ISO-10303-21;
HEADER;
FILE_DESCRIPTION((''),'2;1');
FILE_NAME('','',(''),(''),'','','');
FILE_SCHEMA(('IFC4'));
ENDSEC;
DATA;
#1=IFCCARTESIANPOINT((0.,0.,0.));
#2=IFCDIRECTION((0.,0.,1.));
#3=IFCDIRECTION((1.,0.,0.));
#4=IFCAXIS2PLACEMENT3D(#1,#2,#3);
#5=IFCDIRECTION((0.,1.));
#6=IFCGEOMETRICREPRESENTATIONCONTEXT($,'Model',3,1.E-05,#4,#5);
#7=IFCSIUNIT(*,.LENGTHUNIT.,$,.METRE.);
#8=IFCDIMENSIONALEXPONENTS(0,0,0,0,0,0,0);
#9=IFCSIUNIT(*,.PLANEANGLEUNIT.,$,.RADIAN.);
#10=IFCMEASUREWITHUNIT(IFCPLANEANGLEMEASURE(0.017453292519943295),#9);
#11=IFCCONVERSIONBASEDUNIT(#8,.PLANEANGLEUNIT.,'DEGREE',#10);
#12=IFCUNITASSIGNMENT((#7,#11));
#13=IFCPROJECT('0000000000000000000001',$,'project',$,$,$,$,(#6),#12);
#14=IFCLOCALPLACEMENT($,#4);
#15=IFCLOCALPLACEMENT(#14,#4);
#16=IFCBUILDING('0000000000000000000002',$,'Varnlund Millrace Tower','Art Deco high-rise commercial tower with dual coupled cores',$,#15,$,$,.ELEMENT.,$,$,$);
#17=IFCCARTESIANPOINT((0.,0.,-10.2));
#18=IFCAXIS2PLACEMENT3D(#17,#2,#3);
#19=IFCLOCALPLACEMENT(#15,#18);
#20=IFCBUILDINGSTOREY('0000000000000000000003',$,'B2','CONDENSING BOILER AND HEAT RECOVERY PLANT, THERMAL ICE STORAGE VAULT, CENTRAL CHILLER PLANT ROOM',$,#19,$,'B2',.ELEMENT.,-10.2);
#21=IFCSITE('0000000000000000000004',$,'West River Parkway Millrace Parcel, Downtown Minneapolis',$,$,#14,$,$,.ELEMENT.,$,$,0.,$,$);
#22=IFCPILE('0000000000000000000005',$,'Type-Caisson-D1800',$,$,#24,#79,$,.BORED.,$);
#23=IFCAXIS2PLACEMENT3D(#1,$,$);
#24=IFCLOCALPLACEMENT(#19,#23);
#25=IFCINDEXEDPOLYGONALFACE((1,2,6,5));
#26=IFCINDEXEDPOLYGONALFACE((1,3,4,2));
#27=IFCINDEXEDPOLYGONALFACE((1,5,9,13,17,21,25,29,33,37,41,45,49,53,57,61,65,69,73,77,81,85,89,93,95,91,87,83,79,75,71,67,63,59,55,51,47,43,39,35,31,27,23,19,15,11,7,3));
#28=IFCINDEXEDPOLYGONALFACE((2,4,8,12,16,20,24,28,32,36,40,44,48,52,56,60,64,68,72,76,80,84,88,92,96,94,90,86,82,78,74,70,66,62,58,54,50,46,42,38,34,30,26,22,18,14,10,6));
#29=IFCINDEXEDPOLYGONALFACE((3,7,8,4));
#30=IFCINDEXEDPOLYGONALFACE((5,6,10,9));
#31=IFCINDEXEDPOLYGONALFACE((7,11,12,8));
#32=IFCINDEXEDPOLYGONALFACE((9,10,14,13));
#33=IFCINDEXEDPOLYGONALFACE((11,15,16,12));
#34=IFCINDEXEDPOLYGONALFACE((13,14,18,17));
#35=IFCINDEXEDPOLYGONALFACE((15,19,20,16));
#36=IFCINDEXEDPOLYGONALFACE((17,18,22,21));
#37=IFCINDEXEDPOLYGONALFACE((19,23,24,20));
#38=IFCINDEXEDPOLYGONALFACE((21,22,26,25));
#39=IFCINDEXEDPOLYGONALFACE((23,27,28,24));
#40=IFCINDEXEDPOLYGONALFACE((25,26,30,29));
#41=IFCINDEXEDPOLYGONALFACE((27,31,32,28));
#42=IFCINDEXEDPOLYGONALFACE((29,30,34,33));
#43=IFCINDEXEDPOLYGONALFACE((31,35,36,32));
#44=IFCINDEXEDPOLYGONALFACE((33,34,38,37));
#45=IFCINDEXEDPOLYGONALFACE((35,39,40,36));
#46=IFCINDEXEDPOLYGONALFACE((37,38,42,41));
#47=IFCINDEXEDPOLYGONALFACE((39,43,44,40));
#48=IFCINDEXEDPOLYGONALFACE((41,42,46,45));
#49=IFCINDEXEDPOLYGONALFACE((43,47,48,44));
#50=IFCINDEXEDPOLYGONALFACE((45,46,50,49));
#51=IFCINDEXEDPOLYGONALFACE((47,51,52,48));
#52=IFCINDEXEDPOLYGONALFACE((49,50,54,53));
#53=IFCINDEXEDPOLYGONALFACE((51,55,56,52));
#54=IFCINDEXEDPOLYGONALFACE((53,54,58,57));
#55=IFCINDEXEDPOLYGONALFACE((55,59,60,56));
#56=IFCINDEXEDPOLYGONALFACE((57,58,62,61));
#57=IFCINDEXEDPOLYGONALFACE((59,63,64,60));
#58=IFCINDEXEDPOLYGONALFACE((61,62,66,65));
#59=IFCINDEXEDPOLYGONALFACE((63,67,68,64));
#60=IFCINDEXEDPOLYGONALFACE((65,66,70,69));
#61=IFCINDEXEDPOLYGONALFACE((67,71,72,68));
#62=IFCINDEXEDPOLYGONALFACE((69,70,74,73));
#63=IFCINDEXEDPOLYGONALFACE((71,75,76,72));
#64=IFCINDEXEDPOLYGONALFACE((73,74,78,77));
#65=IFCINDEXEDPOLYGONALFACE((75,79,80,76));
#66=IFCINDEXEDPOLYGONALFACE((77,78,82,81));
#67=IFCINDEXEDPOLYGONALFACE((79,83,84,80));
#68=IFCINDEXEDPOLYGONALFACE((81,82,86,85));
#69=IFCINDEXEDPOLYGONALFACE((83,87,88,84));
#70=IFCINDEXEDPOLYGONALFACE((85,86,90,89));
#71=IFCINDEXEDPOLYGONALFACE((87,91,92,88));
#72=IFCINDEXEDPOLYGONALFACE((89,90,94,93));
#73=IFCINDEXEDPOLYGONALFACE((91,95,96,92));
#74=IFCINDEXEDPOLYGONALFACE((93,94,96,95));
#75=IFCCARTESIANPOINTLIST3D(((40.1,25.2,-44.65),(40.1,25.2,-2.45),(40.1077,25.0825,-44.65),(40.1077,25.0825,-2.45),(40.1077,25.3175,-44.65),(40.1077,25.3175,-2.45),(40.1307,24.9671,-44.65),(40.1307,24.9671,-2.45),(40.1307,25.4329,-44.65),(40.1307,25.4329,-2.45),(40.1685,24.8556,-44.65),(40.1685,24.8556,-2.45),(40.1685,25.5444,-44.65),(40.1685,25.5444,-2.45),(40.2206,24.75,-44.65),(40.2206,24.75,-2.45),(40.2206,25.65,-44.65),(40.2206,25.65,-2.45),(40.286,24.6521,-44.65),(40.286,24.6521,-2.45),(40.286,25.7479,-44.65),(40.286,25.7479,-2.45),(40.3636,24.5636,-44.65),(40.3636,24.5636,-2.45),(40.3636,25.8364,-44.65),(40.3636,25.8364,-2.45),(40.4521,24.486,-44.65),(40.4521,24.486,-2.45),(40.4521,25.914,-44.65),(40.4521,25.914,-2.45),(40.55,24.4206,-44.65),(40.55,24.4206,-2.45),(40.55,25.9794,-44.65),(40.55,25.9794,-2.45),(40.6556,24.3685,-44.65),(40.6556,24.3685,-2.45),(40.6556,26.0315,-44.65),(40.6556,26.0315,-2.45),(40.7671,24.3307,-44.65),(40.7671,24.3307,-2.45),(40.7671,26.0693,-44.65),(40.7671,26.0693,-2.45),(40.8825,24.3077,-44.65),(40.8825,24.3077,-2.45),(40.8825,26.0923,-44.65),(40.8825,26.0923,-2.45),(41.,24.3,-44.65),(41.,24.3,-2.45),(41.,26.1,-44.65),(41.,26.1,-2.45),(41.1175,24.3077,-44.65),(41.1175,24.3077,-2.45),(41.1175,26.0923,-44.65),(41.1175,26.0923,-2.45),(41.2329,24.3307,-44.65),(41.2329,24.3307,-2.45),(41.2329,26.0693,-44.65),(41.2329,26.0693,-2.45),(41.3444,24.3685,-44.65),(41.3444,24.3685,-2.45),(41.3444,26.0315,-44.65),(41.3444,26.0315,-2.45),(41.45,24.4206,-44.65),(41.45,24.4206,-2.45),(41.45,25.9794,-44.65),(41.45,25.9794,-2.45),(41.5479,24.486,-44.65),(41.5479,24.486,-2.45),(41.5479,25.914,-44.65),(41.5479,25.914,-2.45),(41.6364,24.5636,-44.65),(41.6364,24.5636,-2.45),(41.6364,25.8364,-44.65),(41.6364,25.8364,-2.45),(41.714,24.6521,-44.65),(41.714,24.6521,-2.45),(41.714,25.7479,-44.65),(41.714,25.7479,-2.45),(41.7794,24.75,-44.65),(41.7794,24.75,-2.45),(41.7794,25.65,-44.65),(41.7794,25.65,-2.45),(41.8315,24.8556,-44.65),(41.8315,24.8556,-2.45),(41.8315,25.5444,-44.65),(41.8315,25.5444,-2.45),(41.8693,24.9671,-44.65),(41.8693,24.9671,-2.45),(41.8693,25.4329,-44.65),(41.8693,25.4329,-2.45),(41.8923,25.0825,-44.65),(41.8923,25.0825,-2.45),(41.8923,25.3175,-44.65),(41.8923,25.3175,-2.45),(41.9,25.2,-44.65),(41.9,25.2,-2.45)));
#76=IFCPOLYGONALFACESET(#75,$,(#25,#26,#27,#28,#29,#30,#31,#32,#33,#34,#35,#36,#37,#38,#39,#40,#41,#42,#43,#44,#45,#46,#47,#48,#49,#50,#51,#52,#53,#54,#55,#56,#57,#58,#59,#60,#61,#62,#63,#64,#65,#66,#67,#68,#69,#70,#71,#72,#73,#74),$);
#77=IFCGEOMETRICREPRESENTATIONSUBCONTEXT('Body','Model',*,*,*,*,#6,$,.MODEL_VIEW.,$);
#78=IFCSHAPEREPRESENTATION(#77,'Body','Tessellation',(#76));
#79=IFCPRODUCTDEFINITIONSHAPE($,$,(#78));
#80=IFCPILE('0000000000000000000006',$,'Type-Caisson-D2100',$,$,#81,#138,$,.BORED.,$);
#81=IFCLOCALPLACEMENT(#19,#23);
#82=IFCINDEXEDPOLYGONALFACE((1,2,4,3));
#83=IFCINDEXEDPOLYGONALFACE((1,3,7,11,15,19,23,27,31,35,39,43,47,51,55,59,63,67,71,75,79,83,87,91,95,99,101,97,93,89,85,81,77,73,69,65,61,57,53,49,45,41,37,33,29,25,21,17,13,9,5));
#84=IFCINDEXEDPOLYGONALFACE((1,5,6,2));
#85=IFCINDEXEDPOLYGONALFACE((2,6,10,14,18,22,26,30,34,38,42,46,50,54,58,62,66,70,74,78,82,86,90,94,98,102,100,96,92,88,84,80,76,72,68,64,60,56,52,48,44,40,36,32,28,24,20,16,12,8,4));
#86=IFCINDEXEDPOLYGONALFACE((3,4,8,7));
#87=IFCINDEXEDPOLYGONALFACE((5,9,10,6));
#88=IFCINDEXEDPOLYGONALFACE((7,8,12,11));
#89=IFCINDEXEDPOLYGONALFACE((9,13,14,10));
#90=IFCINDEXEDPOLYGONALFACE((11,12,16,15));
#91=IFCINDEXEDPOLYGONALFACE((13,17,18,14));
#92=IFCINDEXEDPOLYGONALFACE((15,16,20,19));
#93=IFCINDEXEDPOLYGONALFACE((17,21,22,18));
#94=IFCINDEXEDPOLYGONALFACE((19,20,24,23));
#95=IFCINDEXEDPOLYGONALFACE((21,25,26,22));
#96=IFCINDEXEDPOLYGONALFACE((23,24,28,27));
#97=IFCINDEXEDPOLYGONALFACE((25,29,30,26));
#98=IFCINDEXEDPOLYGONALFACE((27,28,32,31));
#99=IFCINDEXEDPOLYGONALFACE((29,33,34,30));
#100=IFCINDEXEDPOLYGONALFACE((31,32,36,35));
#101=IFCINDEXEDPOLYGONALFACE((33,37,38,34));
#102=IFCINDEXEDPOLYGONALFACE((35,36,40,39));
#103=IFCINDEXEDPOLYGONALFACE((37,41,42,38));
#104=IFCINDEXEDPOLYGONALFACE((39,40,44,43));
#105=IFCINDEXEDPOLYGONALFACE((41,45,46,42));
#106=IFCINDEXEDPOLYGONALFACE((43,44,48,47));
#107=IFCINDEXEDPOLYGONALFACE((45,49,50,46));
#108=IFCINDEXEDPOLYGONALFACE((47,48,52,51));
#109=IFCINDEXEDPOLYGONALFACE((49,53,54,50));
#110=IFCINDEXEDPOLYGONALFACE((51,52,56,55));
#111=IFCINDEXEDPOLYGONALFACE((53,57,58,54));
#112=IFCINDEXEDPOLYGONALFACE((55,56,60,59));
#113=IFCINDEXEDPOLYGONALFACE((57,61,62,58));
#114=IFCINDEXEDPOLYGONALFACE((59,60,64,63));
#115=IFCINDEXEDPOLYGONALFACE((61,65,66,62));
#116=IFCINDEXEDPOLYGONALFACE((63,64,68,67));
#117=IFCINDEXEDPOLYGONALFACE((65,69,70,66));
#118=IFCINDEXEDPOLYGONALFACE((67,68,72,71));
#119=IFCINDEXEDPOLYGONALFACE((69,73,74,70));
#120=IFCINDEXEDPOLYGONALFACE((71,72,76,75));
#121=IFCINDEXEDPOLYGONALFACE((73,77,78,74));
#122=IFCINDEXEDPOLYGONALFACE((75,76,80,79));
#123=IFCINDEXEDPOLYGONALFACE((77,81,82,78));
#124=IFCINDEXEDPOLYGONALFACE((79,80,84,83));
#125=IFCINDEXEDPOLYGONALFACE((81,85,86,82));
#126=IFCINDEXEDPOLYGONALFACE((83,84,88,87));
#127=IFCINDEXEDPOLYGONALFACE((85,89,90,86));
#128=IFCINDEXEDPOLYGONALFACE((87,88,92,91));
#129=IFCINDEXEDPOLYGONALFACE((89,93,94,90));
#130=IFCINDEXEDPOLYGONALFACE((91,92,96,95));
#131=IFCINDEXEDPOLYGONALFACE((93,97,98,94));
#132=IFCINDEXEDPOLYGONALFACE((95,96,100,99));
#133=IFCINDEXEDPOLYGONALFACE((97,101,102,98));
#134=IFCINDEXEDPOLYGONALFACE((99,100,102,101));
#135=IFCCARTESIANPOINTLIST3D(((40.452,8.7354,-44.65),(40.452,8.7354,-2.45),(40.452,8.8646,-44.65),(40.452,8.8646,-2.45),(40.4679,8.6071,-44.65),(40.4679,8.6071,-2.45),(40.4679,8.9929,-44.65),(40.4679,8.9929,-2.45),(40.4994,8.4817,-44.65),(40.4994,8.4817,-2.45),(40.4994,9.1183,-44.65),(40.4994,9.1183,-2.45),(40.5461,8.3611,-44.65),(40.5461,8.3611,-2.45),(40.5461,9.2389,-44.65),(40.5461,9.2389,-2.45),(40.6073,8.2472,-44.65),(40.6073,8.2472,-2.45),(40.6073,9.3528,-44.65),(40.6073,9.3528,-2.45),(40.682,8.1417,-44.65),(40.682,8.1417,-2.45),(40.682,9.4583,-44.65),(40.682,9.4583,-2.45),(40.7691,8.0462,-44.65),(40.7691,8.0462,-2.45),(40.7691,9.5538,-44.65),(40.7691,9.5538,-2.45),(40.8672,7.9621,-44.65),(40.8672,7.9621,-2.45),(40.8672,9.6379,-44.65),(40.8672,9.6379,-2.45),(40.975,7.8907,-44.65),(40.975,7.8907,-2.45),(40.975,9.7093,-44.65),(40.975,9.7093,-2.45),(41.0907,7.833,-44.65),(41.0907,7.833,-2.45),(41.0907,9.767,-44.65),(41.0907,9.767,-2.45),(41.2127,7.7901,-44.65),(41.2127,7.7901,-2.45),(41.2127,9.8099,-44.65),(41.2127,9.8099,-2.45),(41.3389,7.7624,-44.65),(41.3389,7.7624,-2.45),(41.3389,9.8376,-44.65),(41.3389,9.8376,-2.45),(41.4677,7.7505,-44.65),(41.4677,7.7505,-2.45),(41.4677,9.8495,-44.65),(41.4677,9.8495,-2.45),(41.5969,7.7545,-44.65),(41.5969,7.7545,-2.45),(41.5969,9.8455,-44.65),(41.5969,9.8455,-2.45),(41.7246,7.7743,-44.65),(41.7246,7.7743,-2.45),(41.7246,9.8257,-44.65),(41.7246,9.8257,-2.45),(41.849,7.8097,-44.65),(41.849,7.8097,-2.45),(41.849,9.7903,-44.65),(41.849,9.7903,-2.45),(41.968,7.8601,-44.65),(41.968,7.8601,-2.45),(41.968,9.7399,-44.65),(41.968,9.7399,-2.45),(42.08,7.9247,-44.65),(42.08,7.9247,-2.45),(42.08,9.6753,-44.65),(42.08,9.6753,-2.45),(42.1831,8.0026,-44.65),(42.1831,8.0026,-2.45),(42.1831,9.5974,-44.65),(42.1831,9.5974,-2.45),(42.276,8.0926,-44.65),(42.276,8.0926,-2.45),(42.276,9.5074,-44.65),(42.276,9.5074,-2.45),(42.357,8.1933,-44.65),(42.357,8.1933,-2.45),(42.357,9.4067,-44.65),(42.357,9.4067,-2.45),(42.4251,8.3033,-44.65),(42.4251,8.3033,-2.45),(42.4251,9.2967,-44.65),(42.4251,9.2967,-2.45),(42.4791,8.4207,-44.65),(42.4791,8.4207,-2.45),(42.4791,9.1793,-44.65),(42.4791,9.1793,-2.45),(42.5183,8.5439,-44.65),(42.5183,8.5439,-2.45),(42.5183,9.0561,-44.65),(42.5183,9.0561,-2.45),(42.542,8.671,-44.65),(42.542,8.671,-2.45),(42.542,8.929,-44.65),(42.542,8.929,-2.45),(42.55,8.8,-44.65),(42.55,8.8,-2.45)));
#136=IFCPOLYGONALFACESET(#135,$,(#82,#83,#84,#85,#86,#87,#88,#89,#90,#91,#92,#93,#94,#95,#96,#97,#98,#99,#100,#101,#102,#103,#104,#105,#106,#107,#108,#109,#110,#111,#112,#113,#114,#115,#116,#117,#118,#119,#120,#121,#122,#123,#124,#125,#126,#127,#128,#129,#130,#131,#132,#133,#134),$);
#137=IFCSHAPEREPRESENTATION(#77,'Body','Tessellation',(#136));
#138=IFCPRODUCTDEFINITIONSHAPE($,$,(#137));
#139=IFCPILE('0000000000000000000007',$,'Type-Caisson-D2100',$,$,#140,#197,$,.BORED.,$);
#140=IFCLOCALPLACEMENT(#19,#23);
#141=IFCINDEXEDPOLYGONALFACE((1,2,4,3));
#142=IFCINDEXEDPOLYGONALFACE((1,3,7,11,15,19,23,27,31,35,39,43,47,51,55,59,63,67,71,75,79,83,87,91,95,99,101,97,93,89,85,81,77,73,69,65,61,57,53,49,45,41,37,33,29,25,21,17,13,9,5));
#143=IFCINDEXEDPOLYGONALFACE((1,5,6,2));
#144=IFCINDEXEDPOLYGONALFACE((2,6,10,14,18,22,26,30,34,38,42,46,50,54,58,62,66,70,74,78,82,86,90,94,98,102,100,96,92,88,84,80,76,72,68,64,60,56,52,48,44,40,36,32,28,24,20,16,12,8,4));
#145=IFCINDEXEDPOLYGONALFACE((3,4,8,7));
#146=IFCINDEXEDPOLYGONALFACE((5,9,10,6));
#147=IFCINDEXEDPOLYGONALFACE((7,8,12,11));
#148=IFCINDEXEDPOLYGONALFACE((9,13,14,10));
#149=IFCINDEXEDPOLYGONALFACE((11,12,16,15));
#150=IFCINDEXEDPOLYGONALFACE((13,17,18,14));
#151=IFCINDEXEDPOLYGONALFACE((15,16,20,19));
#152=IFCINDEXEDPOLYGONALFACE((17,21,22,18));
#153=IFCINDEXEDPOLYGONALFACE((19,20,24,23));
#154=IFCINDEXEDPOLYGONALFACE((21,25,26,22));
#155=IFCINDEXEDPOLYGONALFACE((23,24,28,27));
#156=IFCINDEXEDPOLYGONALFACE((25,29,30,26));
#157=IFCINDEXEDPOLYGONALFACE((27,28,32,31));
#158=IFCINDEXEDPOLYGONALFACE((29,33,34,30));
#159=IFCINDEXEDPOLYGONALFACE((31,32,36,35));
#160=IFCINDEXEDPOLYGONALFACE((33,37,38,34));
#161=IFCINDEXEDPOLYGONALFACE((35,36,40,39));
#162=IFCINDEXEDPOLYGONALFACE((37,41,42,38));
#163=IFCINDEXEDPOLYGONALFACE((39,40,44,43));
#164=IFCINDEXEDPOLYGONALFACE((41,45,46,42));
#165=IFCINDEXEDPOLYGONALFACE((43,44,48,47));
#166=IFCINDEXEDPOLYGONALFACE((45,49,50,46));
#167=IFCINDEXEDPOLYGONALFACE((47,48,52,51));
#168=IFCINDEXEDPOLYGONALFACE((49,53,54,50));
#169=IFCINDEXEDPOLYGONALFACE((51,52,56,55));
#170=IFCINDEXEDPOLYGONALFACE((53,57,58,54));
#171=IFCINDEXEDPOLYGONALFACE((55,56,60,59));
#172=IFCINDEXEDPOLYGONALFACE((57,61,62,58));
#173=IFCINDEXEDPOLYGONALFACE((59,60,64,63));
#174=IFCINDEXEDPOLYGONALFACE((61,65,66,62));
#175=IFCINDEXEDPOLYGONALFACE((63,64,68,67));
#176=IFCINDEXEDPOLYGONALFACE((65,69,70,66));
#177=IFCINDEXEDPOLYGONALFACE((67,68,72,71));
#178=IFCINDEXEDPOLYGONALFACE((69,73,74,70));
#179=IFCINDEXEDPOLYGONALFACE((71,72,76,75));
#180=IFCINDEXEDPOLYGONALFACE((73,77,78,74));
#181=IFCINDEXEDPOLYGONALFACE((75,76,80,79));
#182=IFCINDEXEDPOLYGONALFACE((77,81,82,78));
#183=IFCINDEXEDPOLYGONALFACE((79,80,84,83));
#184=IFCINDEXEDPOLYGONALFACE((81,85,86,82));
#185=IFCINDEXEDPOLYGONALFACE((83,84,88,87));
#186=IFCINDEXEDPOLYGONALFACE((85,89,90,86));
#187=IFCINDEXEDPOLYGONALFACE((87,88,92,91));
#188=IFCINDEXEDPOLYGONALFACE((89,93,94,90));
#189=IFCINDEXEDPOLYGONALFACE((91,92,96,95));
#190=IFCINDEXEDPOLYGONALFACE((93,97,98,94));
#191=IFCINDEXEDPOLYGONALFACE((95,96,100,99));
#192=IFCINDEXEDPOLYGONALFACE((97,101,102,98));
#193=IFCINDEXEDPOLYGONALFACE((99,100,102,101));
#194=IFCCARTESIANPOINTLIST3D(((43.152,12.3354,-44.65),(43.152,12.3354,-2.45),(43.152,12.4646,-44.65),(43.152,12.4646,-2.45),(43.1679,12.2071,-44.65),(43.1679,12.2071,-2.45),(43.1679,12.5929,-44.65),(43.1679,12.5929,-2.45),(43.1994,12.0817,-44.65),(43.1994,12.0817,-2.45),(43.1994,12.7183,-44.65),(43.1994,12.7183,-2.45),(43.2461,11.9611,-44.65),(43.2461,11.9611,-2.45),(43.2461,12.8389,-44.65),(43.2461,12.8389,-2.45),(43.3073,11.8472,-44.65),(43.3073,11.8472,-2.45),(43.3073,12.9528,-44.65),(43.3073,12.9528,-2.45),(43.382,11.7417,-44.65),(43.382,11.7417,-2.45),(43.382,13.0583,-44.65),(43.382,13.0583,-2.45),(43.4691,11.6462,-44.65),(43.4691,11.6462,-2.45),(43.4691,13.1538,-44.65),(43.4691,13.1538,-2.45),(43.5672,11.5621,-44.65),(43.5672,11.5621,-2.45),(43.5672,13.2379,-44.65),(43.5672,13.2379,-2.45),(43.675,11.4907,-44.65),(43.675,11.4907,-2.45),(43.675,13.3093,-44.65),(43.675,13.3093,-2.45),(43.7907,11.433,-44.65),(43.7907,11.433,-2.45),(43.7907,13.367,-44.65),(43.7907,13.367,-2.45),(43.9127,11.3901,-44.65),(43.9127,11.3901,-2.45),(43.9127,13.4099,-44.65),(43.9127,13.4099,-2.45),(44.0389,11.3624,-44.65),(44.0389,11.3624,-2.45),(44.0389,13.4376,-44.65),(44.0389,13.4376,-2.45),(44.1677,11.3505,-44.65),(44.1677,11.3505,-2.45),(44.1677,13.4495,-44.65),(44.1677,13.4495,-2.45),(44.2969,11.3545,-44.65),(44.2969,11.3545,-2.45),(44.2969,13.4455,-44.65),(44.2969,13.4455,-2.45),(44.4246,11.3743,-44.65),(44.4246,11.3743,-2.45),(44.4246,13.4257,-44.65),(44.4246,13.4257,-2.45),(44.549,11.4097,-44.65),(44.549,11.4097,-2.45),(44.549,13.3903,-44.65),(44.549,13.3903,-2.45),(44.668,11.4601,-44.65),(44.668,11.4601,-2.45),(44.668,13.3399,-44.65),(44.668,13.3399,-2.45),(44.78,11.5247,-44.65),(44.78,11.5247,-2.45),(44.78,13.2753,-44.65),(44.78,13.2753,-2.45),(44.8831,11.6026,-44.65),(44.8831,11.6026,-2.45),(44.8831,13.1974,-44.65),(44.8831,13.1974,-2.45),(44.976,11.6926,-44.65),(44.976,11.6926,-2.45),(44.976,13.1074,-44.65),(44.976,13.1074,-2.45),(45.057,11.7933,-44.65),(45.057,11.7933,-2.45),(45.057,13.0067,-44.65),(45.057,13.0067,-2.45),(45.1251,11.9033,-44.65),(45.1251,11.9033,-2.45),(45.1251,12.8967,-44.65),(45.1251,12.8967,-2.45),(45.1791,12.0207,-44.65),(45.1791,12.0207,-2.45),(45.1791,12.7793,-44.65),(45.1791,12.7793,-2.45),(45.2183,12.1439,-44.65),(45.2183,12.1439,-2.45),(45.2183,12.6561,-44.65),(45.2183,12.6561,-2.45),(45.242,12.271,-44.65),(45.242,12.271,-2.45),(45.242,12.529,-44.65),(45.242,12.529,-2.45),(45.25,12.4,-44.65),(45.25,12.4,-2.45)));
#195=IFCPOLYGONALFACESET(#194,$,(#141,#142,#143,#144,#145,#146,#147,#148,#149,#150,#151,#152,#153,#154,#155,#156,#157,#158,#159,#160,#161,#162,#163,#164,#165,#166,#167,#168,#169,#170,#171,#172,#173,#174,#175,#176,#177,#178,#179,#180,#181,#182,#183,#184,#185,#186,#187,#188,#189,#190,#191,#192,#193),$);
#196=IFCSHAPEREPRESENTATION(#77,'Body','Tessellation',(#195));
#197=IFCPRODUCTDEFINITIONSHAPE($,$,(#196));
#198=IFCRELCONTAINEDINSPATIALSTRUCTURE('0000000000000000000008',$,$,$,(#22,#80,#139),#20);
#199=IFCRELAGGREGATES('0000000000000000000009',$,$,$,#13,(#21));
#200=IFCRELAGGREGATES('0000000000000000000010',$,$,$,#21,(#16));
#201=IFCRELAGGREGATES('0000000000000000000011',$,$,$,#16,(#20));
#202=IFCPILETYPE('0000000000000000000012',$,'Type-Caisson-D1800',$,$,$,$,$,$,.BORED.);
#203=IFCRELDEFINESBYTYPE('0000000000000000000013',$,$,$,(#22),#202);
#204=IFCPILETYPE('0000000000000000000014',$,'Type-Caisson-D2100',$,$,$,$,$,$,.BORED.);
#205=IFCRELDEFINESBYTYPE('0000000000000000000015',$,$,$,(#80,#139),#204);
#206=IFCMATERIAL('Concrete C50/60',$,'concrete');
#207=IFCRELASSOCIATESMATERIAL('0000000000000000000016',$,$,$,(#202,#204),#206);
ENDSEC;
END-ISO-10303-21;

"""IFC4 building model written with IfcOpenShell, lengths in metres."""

from ifc_helpers import new_model, entity, si_unit, converted_unit, direction, frame, origin_with_axes, origin_2d_with_axis, place, context, subcontext, project, spatial, circle, extrude, material, material_profile, profile_set, type_object, element, save


model = new_model("IFC4")

# Units and contexts
model_context = context("Model", 3, precision=1e-05, world=origin_with_axes(), true_north=direction((0.0, 1.0)))
body_context = subcontext(model_context, "Body", "Model", "MODEL_VIEW")
ifc_project = project(units=[si_unit("LENGTHUNIT", "METRE"), converted_unit("PLANEANGLEUNIT", "DEGREE", entity("IfcPlaneAngleMeasure", 0.017453292519943295), si_unit("PLANEANGLEUNIT", "RADIAN"), dimensions=[0, 0, 0, 0, 0, 0, 0])], contexts=[model_context])

# Site, building, storey
site_placement = place(None, origin_with_axes())
site = spatial("IfcSite", under=ifc_project, at=site_placement, Name="West River Parkway Millrace Parcel, Downtown Minneapolis", CompositionType="ELEMENT", RefElevation=0.0)
building_placement = place(site_placement, origin_with_axes())
building = spatial("IfcBuilding", under=site, at=building_placement, Name="Varnlund Millrace Tower", Description="Art Deco high-rise commercial tower with dual coupled cores", CompositionType="ELEMENT")
storey_placement = place(building_placement, frame((0.0, 0.0, -10.2), z_axis=(0.0, 0.0, 1.0), x_axis=(1.0, 0.0, 0.0)))
storey = spatial("IfcBuildingStorey", under=building, at=storey_placement, Name="B2", Description="CONDENSING BOILER AND HEAT RECOVERY PLANT, THERMAL ICE STORAGE VAULT, CENTRAL CHILLER PLANT ROOM", LongName="B2", CompositionType="ELEMENT", Elevation=-10.2)

# Piles
ifc_material = material(Name="Concrete C50/60", Category="concrete")
ifc_material_profile_1 = material_profile(ifc_material, circle(Radius=0.9, at=origin_2d_with_axis()), Name="Concrete C50/60")
ifc_profile_set_1 = profile_set([ifc_material_profile_1], Name="Concrete C50/60")
pile_type_1 = type_object("IfcPileType", Name="Type-Caisson-D1800", PredefinedType="BORED", material=ifc_profile_set_1)
for number, where, z_axis, x_axis, name in (
    (1, (41.0, 25.2, -44.65), (0.0, 0.0, 1.0), (1.0, 0.0, 0.0), "Type-Caisson-D1800"),
):
    element("IfcPile", number, at=place(storey_placement, frame(where, z_axis=z_axis, x_axis=x_axis)), inside=storey, type_object=pile_type_1, Name=name, PredefinedType="BORED", context=body_context, shape_type="SweptSolid", body=[
        extrude(circle(Radius=0.9, at=origin_2d_with_axis()), origin_with_axes(), (0.0, 0.0, 1.0), 42.2),
    ])
ifc_material_profile_2 = material_profile(ifc_material, circle(Radius=1.05, at=origin_2d_with_axis()), Name="Concrete C50/60")
ifc_profile_set_2 = profile_set([ifc_material_profile_2], Name="Concrete C50/60")
pile_type_2 = type_object("IfcPileType", Name="Type-Caisson-D2100", PredefinedType="BORED", material=ifc_profile_set_2)
for number, where, z_axis, x_axis, name in (
    (2, (41.5, 8.8, -44.65), (0.0, 0.0, 1.0), (1.0, 0.0, 0.0), "Type-Caisson-D2100"),
    (3, (44.2, 12.4, -44.65), (0.0, 0.0, 1.0), (1.0, 0.0, 0.0), "Type-Caisson-D2100"),
):
    element("IfcPile", number, at=place(storey_placement, frame(where, z_axis=z_axis, x_axis=x_axis)), inside=storey, type_object=pile_type_2, Name=name, PredefinedType="BORED", context=body_context, shape_type="SweptSolid", body=[
        extrude(circle(Radius=1.05, at=origin_2d_with_axis()), origin_with_axes(), (0.0, 0.0, 1.0), 42.2),
    ])

save(model, "model.ifc")
